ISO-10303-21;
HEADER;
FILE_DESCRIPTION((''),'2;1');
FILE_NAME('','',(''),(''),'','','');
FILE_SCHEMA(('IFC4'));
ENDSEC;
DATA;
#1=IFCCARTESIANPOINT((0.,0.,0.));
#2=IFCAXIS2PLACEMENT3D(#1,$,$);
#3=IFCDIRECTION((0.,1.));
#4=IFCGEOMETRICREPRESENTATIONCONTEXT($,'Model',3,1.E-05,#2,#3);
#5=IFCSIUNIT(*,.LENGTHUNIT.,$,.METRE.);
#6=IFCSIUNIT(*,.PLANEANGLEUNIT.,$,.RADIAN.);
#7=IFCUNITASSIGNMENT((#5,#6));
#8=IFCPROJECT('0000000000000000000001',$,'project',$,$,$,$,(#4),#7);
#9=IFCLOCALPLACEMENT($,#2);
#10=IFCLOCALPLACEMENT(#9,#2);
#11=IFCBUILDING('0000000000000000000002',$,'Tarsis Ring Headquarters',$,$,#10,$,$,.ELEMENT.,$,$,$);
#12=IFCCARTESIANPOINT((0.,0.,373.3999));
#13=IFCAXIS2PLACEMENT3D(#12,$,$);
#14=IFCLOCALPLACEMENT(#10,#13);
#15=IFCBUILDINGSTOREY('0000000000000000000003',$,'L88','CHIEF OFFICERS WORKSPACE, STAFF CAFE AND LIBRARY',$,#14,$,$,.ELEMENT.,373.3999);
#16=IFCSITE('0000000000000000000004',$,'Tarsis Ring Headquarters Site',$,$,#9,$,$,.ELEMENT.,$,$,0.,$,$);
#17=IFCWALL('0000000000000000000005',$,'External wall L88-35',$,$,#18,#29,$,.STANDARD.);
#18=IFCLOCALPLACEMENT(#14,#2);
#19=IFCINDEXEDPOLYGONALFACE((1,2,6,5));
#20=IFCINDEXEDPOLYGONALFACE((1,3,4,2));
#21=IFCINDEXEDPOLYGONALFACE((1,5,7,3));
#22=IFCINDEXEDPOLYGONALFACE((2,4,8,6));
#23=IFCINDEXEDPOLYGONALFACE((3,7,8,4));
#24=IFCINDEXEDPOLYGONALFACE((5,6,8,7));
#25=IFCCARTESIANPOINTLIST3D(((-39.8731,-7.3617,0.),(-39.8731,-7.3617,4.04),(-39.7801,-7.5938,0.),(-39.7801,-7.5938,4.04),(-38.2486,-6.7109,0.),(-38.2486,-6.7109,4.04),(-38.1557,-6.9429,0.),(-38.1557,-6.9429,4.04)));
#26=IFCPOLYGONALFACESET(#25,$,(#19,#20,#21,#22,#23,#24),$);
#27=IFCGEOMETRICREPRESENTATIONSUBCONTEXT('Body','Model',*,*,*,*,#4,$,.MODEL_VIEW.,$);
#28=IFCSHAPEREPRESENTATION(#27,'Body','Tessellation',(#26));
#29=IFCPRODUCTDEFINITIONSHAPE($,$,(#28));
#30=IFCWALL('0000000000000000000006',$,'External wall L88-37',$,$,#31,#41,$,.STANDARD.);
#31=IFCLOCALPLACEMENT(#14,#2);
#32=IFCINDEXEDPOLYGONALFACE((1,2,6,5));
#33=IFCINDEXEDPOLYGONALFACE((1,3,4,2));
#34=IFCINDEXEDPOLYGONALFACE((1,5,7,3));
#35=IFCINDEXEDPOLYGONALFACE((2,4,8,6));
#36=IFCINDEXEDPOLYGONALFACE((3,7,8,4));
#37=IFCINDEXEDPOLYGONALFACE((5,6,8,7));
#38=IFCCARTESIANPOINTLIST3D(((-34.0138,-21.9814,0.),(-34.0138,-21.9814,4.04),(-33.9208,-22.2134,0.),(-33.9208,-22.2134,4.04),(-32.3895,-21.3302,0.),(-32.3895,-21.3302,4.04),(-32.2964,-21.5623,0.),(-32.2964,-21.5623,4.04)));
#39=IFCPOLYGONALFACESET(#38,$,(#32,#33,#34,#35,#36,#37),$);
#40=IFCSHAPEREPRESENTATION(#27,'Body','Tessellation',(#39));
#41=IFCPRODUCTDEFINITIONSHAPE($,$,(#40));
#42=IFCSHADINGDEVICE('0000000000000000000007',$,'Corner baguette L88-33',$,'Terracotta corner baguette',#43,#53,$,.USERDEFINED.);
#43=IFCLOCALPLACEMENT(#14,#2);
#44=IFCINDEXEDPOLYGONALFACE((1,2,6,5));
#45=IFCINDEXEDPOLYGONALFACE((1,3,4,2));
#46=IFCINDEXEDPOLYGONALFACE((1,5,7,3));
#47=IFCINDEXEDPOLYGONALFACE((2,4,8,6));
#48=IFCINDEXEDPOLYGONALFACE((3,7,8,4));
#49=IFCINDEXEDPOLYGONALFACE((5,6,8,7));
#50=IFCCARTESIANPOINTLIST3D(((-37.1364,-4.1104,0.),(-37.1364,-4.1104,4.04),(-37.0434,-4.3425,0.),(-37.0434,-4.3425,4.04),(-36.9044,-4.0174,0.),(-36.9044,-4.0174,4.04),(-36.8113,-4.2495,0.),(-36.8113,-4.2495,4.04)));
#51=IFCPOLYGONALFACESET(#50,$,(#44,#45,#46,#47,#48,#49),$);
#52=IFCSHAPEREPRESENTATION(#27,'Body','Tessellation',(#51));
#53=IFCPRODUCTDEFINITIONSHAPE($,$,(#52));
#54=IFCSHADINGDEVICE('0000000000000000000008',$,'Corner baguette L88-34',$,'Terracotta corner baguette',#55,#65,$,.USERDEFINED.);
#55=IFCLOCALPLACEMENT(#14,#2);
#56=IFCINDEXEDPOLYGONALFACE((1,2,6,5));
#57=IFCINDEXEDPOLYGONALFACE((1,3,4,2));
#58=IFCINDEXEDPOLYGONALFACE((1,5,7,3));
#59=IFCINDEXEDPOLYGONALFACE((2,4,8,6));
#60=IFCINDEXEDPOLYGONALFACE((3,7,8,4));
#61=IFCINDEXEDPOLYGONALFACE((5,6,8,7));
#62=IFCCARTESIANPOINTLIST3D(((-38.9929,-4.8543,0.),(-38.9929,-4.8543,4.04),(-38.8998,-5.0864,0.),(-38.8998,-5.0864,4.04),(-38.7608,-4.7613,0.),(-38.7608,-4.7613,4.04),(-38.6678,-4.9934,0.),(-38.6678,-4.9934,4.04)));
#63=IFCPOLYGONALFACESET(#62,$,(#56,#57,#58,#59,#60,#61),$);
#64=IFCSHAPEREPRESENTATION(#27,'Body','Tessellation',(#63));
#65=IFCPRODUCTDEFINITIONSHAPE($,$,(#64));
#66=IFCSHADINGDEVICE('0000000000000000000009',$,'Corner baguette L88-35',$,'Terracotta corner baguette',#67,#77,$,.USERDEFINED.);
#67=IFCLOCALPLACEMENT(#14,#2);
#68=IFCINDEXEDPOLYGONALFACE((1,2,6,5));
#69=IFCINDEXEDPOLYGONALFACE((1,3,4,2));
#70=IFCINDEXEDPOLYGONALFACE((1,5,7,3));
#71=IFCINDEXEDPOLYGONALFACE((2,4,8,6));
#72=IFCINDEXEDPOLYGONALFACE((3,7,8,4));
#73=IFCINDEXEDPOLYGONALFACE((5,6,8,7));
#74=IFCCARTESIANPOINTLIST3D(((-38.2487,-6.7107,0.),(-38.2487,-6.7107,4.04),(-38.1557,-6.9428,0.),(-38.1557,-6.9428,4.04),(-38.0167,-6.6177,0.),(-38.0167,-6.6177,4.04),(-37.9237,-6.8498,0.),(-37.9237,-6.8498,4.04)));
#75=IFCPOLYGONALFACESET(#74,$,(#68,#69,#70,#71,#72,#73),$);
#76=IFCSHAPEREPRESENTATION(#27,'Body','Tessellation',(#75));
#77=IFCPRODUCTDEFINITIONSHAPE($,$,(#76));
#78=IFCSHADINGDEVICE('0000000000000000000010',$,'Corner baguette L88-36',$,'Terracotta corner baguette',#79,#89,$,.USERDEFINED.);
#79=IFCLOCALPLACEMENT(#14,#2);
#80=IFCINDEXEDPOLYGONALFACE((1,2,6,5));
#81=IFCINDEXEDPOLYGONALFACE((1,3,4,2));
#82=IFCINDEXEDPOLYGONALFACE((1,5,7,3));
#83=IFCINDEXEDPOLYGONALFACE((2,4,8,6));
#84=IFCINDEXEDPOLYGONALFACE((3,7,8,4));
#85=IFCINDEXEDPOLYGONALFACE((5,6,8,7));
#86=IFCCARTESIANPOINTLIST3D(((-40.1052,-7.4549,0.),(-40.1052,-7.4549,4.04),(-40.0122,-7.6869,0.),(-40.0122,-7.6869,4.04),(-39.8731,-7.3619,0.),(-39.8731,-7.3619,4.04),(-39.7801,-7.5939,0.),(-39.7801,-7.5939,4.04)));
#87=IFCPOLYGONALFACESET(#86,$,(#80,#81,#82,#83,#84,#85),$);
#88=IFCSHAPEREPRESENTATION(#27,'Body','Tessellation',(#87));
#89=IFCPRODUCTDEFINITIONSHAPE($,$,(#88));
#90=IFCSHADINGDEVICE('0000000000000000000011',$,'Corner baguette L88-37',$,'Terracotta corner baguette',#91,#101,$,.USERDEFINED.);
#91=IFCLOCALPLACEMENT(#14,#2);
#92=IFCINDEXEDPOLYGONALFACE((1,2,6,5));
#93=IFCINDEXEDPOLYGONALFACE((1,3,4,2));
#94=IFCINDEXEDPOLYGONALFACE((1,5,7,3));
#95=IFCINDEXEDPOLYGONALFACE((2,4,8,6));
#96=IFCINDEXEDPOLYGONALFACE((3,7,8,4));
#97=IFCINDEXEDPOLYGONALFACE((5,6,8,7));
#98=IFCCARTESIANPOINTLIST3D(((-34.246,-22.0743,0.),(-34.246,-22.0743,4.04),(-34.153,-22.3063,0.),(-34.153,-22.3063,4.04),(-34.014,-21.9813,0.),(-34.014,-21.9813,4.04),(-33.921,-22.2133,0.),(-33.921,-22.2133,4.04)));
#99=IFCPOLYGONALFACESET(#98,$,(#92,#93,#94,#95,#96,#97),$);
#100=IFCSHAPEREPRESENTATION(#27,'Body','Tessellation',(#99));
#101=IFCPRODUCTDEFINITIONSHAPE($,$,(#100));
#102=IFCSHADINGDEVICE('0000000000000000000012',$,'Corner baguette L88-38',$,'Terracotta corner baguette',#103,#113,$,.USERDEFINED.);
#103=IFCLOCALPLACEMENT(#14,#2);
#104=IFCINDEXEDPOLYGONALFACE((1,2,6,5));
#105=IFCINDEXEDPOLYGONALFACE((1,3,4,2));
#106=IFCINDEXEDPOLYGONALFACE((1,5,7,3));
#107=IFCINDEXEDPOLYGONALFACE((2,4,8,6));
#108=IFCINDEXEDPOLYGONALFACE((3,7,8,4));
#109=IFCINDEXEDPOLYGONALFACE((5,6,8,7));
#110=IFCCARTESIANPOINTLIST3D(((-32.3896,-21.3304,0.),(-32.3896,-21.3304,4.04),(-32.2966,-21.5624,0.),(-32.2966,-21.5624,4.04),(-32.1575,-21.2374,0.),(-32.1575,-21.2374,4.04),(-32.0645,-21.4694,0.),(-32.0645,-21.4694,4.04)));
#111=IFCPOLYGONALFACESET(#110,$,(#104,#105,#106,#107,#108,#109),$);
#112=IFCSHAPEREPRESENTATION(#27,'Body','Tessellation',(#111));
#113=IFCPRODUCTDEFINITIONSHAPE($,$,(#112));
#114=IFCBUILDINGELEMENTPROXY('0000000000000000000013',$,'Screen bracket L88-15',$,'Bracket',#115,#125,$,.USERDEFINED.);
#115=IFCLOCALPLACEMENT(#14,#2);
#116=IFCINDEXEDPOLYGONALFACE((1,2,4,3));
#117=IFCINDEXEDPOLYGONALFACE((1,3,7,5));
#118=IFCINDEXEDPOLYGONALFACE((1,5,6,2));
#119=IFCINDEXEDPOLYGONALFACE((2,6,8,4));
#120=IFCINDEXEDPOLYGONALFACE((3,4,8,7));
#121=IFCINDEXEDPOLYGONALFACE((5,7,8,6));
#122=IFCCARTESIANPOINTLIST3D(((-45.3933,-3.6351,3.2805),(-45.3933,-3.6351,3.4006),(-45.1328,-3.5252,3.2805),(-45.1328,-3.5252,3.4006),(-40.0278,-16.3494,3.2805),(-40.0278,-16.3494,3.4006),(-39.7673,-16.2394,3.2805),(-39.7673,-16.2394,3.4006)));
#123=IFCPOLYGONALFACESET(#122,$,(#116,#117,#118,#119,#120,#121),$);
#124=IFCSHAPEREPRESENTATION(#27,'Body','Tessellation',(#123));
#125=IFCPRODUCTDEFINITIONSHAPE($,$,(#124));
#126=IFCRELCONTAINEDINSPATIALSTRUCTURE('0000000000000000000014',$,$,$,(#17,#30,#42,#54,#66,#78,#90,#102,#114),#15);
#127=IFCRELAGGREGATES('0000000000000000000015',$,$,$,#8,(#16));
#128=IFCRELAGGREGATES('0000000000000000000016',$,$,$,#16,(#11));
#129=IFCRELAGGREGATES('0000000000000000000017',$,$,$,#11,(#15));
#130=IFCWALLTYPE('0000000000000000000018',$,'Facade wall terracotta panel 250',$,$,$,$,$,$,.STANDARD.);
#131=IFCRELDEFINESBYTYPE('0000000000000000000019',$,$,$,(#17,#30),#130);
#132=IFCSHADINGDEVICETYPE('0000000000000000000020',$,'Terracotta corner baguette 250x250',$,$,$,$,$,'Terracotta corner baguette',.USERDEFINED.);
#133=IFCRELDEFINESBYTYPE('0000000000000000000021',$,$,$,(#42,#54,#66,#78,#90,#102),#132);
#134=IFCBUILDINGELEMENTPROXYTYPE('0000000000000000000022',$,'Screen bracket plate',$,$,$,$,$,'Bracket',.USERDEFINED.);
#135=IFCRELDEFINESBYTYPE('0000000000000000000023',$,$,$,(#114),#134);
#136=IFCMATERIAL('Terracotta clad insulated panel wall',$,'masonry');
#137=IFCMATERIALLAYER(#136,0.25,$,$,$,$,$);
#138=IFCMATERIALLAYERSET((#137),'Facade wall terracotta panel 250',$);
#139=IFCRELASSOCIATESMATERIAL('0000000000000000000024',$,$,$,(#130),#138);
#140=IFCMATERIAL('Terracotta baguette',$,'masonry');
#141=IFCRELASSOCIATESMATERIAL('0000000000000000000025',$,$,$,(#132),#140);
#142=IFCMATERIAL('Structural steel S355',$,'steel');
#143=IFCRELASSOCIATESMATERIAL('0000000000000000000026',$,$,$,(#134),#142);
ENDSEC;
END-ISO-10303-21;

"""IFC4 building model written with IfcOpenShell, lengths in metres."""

from ifc_helpers import new_model, si_unit, direction, frame, frame_2d, origin, origin_2d, place, context, subcontext, project, spatial, rectangle, extrude, material, layer, layer_set, type_object, element, save


model = new_model("IFC4")

# Units and contexts
model_context = context("Model", 3, precision=1e-05, world=origin(), true_north=direction((0.0, 1.0)))
body_context = subcontext(model_context, "Body", "Model", "MODEL_VIEW")
ifc_project = project(units=[si_unit("LENGTHUNIT", "METRE"), si_unit("PLANEANGLEUNIT", "RADIAN")], contexts=[model_context])

# Site, building, storey
site_placement = place(None, origin())
site = spatial("IfcSite", under=ifc_project, at=site_placement, Name="Tarsis Ring Headquarters Site", CompositionType="ELEMENT", RefElevation=0.0)
building_placement = place(site_placement, origin())
building = spatial("IfcBuilding", under=site, at=building_placement, Name="Tarsis Ring Headquarters", CompositionType="ELEMENT")
storey_placement = place(building_placement, frame((0.0, 0.0, 373.3999)))
storey = spatial("IfcBuildingStorey", under=building, at=storey_placement, Name="L88", Description="CHIEF OFFICERS WORKSPACE, STAFF CAFE AND LIBRARY", CompositionType="ELEMENT", Elevation=373.3999)

# Shared definitions
ifc_material_1 = material(Name="Structural steel S355", Category="steel")

# Walls
ifc_material_2 = material(Name="Terracotta clad insulated panel wall", Category="masonry")
ifc_layer_1 = layer(ifc_material_2, 0.25)
ifc_layer_set_1 = layer_set([ifc_layer_1], Name="Facade wall terracotta panel 250")
wall_type_1 = type_object("IfcWallType", Name="Facade wall terracotta panel 250", PredefinedType="STANDARD", material=ifc_layer_set_1)
for number, where, z_axis, x_axis, name in (
    (1, (-38.2021, -6.8269, 0.0), (0.0, 0.0, 1.0), (-0.928265, -0.37192, 0.0), "External wall L88-35"),
    (2, (-33.9673, -22.0974, 0.0), (0.0, 0.0, 1.0), (0.928197, 0.372088, 0.0), "External wall L88-37"),
):
    element("IfcWall", number, at=place(storey_placement, frame(where, z_axis=z_axis, x_axis=x_axis)), inside=storey, type_object=wall_type_1, Name=name, PredefinedType="STANDARD", context=body_context, shape_type="SweptSolid", body=[
        extrude(rectangle(XDim=1.75, YDim=0.25, at=frame_2d((0.875, 0.0))), origin(), (0.0, 0.0, 1.0), 4.04),
    ])

# Shading devices
ifc_material_3 = material(Name="Terracotta baguette", Category="masonry")
shading_device_type_1 = type_object("IfcShadingDeviceType", Name="Terracotta corner baguette 250x250", ElementType="Terracotta corner baguette", PredefinedType="USERDEFINED", material=ifc_material_3)
for number, where, z_axis, x_axis, name in (
    (3, (-36.9739, -4.1799, 0.0), (0.0, 0.0, 1.0), (0.372016, -0.928226, 0.0), "Corner baguette L88-33"),
    (4, (-38.8303, -4.9238, 0.0), (0.0, 0.0, 1.0), (-0.928226, -0.372016, 0.0), "Corner baguette L88-34"),
    (5, (-38.0862, -6.7803, 0.0), (0.0, 0.0, 1.0), (0.372016, -0.928226, 0.0), "Corner baguette L88-35"),
    (6, (-39.9426, -7.5244, 0.0), (0.0, 0.0, 1.0), (-0.928227, -0.372016, 0.0), "Corner baguette L88-36"),
    (7, (-34.0835, -22.1438, 0.0), (0.0, 0.0, 1.0), (0.372016, -0.928226, 0.0), "Corner baguette L88-37"),
    (8, (-32.2271, -21.3999, 0.0), (0.0, 0.0, 1.0), (0.928226, 0.372016, 0.0), "Corner baguette L88-38"),
):
    element("IfcShadingDevice", number, at=place(storey_placement, frame(where, z_axis=z_axis, x_axis=x_axis)), inside=storey, type_object=shading_device_type_1, Name=name, ObjectType="Terracotta corner baguette", PredefinedType="USERDEFINED", context=body_context, shape_type="SweptSolid", body=[
        extrude(rectangle(XDim=0.25, YDim=0.25, at=origin_2d()), origin(), (0.0, 0.0, 1.0), 4.04),
    ])

# Building element proxy
building_element_proxy_type = type_object("IfcBuildingElementProxyType", Name="Screen bracket plate", ElementType="Bracket", PredefinedType="USERDEFINED", material=ifc_material_1)
proxy_placement = place(storey_placement, frame((-42.5803, -9.9373, 3.2805), z_axis=(0.0, 0.0, 1.0), x_axis=(0.388802, -0.921321, 0.0)))
element("IfcBuildingElementProxy", 9, at=proxy_placement, inside=storey, type_object=building_element_proxy_type, Name="Screen bracket L88-15", ObjectType="Bracket", PredefinedType="USERDEFINED", context=body_context, shape_type="SweptSolid", body=[
    extrude(rectangle(XDim=13.8, YDim=0.2827, at=origin_2d()), origin(), (0.0, 0.0, 1.0), 0.1201),
])

save(model, "model.ifc")
